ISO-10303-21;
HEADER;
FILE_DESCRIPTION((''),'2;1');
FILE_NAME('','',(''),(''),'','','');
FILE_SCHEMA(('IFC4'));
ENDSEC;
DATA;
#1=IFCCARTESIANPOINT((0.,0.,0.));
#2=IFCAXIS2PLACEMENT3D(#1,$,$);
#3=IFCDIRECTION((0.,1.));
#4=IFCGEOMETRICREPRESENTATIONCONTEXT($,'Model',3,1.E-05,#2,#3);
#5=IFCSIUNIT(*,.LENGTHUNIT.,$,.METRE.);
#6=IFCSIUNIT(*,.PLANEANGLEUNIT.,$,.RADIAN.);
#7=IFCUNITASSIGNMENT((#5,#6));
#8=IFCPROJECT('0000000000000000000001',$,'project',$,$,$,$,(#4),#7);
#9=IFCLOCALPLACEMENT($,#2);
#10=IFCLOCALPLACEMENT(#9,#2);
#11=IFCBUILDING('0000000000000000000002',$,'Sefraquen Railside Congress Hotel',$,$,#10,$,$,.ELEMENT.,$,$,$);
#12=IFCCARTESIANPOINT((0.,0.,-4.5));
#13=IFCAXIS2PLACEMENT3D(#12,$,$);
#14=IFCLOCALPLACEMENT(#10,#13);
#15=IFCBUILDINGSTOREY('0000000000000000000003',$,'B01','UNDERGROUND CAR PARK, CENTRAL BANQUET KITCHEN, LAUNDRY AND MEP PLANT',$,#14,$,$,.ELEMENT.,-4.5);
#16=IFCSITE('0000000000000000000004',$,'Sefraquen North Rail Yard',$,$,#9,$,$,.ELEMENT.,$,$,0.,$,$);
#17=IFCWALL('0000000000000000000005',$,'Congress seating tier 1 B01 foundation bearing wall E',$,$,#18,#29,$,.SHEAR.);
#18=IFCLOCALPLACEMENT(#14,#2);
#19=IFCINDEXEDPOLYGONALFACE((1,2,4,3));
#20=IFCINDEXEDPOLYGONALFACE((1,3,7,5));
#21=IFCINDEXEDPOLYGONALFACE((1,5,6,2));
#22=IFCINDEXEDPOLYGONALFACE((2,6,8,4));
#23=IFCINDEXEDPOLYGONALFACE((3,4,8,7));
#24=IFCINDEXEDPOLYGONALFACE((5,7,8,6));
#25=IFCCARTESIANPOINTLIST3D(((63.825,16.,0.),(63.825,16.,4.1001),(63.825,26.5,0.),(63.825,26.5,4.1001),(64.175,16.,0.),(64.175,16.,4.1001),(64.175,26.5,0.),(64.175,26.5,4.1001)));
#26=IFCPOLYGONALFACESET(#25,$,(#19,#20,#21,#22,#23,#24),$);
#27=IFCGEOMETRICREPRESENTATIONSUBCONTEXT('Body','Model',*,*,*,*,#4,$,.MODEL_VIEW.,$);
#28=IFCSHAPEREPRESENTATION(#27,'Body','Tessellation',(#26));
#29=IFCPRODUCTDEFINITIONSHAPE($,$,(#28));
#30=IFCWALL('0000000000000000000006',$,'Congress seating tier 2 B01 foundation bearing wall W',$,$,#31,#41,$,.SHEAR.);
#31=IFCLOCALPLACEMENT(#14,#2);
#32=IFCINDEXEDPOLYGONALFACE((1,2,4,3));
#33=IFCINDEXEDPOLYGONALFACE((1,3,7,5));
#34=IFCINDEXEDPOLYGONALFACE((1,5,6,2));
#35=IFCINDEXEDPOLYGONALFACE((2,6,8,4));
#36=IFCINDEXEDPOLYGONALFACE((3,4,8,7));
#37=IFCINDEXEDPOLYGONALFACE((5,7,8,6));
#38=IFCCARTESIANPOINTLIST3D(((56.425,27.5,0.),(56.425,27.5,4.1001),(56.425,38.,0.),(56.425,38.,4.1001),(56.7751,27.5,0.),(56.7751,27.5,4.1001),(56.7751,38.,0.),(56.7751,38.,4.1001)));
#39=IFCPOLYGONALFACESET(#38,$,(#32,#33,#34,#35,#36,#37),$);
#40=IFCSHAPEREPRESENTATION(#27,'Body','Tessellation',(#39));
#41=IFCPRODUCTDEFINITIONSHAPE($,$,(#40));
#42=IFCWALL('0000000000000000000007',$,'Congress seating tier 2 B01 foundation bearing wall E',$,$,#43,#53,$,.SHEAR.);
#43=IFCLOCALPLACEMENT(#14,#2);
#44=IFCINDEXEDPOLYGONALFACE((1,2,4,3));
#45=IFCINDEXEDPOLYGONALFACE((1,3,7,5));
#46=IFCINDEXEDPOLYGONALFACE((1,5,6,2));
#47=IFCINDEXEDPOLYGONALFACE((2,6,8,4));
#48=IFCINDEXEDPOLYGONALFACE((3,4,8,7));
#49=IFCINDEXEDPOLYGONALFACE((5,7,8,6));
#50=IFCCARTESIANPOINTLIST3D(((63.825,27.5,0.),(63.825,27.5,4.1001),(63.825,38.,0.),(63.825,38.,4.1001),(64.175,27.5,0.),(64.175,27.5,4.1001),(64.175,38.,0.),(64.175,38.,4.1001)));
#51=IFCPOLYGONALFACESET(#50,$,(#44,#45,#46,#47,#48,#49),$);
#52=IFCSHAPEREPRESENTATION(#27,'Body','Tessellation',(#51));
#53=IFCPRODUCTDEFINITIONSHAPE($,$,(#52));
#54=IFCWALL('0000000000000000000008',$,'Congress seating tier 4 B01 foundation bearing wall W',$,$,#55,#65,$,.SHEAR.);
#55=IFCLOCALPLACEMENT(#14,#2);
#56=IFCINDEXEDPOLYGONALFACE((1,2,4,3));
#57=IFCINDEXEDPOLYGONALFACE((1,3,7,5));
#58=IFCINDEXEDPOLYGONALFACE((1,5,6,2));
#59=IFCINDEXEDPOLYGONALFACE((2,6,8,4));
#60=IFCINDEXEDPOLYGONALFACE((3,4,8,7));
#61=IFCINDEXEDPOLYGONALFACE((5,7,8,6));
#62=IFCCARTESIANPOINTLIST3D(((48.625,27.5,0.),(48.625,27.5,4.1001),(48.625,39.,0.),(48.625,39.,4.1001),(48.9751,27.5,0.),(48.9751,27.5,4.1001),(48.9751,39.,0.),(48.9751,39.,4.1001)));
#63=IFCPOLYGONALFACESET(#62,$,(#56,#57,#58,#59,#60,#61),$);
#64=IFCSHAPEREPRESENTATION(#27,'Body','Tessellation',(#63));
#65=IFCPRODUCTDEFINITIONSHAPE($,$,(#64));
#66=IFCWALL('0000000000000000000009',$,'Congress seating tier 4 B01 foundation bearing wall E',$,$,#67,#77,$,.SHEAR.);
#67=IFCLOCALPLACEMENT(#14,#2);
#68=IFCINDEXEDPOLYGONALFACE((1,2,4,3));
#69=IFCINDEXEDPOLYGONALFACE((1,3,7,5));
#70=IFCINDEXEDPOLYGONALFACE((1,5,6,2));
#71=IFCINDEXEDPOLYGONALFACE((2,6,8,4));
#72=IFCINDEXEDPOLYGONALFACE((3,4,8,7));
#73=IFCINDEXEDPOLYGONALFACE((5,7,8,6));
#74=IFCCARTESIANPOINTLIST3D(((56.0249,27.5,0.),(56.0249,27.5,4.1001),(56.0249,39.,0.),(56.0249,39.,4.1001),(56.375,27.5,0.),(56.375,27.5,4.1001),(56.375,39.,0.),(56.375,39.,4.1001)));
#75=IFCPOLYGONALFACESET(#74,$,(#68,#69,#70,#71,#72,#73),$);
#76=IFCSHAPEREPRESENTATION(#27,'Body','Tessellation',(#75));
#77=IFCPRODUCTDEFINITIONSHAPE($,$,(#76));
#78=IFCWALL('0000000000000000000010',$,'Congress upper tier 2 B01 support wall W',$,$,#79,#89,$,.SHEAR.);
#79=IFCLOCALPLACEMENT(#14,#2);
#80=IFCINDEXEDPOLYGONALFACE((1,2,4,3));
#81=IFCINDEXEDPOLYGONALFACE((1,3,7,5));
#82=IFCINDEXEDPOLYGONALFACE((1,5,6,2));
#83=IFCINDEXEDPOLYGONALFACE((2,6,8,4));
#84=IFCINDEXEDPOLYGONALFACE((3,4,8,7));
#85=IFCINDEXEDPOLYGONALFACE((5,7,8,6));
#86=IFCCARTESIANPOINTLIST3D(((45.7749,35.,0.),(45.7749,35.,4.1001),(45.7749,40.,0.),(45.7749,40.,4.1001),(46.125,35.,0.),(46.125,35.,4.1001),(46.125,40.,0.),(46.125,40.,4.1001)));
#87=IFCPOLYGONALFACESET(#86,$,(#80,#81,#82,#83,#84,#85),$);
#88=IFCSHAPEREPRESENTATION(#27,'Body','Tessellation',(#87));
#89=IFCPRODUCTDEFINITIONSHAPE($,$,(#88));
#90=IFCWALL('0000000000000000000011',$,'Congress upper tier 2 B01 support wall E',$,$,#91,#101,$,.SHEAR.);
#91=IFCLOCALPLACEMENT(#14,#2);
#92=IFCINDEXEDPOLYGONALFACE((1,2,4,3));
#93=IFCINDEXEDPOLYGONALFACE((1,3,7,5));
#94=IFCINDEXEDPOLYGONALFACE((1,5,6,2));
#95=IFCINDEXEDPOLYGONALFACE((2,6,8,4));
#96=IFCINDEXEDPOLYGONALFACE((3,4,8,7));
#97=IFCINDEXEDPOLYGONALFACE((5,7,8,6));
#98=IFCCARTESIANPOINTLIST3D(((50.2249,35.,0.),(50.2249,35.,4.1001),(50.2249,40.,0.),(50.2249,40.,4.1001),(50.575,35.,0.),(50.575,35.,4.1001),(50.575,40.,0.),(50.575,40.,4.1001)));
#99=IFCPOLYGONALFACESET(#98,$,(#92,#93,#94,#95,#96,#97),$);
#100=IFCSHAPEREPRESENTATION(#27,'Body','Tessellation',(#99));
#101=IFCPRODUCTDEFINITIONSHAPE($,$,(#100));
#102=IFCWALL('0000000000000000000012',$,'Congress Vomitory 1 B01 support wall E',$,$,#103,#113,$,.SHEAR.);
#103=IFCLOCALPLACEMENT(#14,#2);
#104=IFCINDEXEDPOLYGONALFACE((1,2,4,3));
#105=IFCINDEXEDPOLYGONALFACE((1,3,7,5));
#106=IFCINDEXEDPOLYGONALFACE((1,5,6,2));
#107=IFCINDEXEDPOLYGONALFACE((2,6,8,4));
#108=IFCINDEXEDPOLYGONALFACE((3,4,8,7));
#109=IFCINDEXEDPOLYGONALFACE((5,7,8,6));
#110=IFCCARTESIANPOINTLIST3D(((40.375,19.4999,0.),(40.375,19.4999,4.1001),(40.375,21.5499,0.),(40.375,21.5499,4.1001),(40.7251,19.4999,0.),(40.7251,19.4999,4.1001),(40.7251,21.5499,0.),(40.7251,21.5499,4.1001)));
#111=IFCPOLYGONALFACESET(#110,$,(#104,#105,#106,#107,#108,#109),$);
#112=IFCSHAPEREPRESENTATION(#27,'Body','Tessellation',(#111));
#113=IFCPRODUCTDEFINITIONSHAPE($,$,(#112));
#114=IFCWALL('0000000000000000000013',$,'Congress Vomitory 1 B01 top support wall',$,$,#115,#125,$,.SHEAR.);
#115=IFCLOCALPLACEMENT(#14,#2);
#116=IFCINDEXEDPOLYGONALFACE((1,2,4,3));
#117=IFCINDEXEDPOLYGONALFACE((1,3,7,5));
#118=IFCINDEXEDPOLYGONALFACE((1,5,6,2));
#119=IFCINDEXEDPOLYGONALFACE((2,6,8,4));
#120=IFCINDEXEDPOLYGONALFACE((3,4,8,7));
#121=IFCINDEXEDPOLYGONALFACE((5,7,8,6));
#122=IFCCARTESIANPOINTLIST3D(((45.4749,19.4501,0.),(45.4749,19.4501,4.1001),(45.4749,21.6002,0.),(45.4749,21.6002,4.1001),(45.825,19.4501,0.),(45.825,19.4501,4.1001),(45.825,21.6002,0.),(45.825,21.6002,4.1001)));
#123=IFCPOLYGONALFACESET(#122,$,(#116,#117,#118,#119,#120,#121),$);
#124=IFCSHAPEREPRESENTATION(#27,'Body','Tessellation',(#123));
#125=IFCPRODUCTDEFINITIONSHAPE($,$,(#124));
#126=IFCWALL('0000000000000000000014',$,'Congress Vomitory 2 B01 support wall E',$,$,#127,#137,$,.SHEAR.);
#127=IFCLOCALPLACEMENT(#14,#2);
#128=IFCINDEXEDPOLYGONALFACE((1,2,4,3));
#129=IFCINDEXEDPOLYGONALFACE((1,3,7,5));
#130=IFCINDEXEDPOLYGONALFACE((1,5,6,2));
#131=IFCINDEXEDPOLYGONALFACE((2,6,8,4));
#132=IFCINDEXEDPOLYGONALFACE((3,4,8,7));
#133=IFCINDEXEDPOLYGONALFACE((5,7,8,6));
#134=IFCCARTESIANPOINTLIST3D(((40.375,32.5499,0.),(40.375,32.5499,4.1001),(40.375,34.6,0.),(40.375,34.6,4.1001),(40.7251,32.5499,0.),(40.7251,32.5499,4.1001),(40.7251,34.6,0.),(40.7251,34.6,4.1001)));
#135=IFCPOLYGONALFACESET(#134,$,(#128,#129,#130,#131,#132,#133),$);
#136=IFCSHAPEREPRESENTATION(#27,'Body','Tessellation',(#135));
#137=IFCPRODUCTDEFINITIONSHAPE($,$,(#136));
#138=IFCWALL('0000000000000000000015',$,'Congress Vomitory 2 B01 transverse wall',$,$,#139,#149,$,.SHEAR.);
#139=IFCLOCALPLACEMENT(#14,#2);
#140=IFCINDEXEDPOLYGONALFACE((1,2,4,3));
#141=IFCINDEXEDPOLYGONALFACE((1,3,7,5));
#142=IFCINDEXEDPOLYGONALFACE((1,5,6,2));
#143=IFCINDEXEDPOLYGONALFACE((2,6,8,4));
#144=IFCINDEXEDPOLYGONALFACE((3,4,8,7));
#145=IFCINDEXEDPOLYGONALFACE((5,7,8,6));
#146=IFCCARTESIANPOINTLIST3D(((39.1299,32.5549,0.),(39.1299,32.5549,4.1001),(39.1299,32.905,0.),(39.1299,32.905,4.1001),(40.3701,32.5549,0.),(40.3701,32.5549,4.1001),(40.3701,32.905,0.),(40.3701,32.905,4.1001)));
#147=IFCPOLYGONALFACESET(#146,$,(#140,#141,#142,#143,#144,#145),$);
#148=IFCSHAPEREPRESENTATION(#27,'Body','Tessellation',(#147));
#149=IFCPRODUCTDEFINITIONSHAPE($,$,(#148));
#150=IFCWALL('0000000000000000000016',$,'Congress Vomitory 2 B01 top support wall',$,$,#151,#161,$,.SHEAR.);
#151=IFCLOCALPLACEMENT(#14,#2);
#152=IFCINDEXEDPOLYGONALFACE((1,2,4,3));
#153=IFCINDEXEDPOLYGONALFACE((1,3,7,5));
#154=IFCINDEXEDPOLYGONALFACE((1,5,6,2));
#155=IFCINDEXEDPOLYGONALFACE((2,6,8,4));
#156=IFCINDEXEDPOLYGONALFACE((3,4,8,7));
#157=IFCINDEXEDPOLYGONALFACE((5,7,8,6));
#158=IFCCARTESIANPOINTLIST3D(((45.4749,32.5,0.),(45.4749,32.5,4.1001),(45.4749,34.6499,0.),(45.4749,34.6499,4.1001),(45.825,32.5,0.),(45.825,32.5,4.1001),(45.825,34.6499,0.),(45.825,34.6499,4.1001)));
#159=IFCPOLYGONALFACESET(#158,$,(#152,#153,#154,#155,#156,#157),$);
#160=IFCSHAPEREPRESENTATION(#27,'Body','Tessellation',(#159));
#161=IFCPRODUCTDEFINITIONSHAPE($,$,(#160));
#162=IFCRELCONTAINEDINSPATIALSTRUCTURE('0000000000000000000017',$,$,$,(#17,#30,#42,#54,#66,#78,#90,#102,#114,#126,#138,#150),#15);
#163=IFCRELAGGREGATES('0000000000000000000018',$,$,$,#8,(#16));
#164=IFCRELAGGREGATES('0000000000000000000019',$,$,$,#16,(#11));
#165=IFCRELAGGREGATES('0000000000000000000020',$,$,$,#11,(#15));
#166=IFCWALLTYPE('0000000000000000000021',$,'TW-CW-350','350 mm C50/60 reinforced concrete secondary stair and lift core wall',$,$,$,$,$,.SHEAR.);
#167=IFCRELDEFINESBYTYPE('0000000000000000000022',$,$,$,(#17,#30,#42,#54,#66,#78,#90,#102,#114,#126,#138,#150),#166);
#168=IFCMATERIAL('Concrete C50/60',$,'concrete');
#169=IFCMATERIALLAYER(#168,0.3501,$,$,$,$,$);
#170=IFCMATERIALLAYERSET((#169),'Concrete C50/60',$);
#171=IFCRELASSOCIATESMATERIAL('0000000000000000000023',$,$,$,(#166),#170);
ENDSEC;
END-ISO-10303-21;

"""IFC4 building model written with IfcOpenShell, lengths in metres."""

from ifc_helpers import new_model, si_unit, direction, frame, frame_2d, origin, place, context, subcontext, project, spatial, rectangle, extrude, material, layer, layer_set, type_object, element, save


model = new_model("IFC4")

# Units and contexts
model_context = context("Model", 3, precision=1e-05, world=origin(), true_north=direction((0.0, 1.0)))
body_context = subcontext(model_context, "Body", "Model", "MODEL_VIEW")
ifc_project = project(units=[si_unit("LENGTHUNIT", "METRE"), si_unit("PLANEANGLEUNIT", "RADIAN")], contexts=[model_context])

# Site, building, storey
site_placement = place(None, origin())
site = spatial("IfcSite", under=ifc_project, at=site_placement, Name="Sefraquen North Rail Yard", CompositionType="ELEMENT", RefElevation=0.0)
building_placement = place(site_placement, origin())
building = spatial("IfcBuilding", under=site, at=building_placement, Name="Sefraquen Railside Congress Hotel", CompositionType="ELEMENT")
storey_placement = place(building_placement, frame((0.0, 0.0, -4.5)))
storey = spatial("IfcBuildingStorey", under=building, at=storey_placement, Name="B01", Description="UNDERGROUND CAR PARK, CENTRAL BANQUET KITCHEN, LAUNDRY AND MEP PLANT", CompositionType="ELEMENT", Elevation=-4.5)

# Shared definitions
ifc_material_1 = material(Name="Concrete C50/60", Category="concrete")

# Walls
ifc_layer = layer(ifc_material_1, 0.3501)
ifc_layer_set = layer_set([ifc_layer], Name="Concrete C50/60")
wall_type = type_object("IfcWallType", Name="TW-CW-350", Description="350 mm C50/60 reinforced concrete secondary stair and lift core wall", PredefinedType="SHEAR", material=ifc_layer_set)
for number, where, z_axis, x_axis, name in (
    (1, (64.0, 16.0, 0.0), (0.0, 0.0, 1.0), (0.0, 1.0, 0.0), "Congress seating tier 1 B01 foundation bearing wall E"),
    (2, (56.6001, 27.5, 0.0), (0.0, 0.0, 1.0), (0.0, 1.0, 0.0), "Congress seating tier 2 B01 foundation bearing wall W"),
    (3, (64.0, 27.5, 0.0), (0.0, 0.0, 1.0), (0.0, 1.0, 0.0), "Congress seating tier 2 B01 foundation bearing wall E"),
):
    element("IfcWall", number, at=place(storey_placement, frame(where, z_axis=z_axis, x_axis=x_axis)), inside=storey, type_object=wall_type, Name=name, PredefinedType="SHEAR", context=body_context, shape_type="SweptSolid", body=[
        extrude(rectangle(XDim=10.5, YDim=0.3501, at=frame_2d((5.25, 0.0))), origin(), (0.0, 0.0, 1.0), 4.1001),
    ])
for number, where, z_axis, x_axis, name in (
    (4, (48.8, 27.5, 0.0), (0.0, 0.0, 1.0), (0.0, 1.0, 0.0), "Congress seating tier 4 B01 foundation bearing wall W"),
    (5, (56.2, 27.5, 0.0), (0.0, 0.0, 1.0), (0.0, 1.0, 0.0), "Congress seating tier 4 B01 foundation bearing wall E"),
):
    element("IfcWall", number, at=place(storey_placement, frame(where, z_axis=z_axis, x_axis=x_axis)), inside=storey, type_object=wall_type, Name=name, PredefinedType="SHEAR", context=body_context, shape_type="SweptSolid", body=[
        extrude(rectangle(XDim=11.5, YDim=0.3501, at=frame_2d((5.75, 0.0))), origin(), (0.0, 0.0, 1.0), 4.1001),
    ])
for number, where, z_axis, x_axis, name in (
    (6, (45.95, 35.0, 0.0), (0.0, 0.0, 1.0), (0.0, 1.0, 0.0), "Congress upper tier 2 B01 support wall W"),
    (7, (50.3999, 35.0, 0.0), (0.0, 0.0, 1.0), (0.0, 1.0, 0.0), "Congress upper tier 2 B01 support wall E"),
):
    element("IfcWall", number, at=place(storey_placement, frame(where, z_axis=z_axis, x_axis=x_axis)), inside=storey, type_object=wall_type, Name=name, PredefinedType="SHEAR", context=body_context, shape_type="SweptSolid", body=[
        extrude(rectangle(XDim=5.0, YDim=0.3501, at=frame_2d((2.5, 0.0))), origin(), (0.0, 0.0, 1.0), 4.1001),
    ])
wall_1_placement = place(storey_placement, frame((40.55, 19.5, 0.0), z_axis=(0.0, 0.0, 1.0), x_axis=(0.0, 1.0, 0.0)))
element("IfcWall", 8, at=wall_1_placement, inside=storey, type_object=wall_type, Name="Congress Vomitory 1 B01 support wall E", PredefinedType="SHEAR", context=body_context, shape_type="SweptSolid", body=[
    extrude(rectangle(XDim=2.05, YDim=0.3501, at=frame_2d((1.0249, 0.0))), origin(), (0.0, 0.0, 1.0), 4.1001),
])
wall_2_placement = place(storey_placement, frame((45.6499, 19.45, 0.0), z_axis=(0.0, 0.0, 1.0), x_axis=(0.0, 1.0, 0.0)))
element("IfcWall", 9, at=wall_2_placement, inside=storey, type_object=wall_type, Name="Congress Vomitory 1 B01 top support wall", PredefinedType="SHEAR", context=body_context, shape_type="SweptSolid", body=[
    extrude(rectangle(XDim=2.1501, YDim=0.3501, at=frame_2d((1.0752, 0.0))), origin(), (0.0, 0.0, 1.0), 4.1001),
])
wall_3_placement = place(storey_placement, frame((40.55, 32.55, 0.0), z_axis=(0.0, 0.0, 1.0), x_axis=(0.0, 1.0, 0.0)))
element("IfcWall", 10, at=wall_3_placement, inside=storey, type_object=wall_type, Name="Congress Vomitory 2 B01 support wall E", PredefinedType="SHEAR", context=body_context, shape_type="SweptSolid", body=[
    extrude(rectangle(XDim=2.05, YDim=0.3501, at=frame_2d((1.0249, 0.0))), origin(), (0.0, 0.0, 1.0), 4.1001),
])
wall_4_placement = place(storey_placement, frame((39.1299, 32.73, 0.0), z_axis=(0.0, 0.0, 1.0), x_axis=(1.0, 0.0, 0.0)))
element("IfcWall", 11, at=wall_4_placement, inside=storey, type_object=wall_type, Name="Congress Vomitory 2 B01 transverse wall", PredefinedType="SHEAR", context=body_context, shape_type="SweptSolid", body=[
    extrude(rectangle(XDim=1.2402, YDim=0.3501, at=frame_2d((0.6201, 0.0))), origin(), (0.0, 0.0, 1.0), 4.1001),
])
wall_5_placement = place(storey_placement, frame((45.6499, 32.5, 0.0), z_axis=(0.0, 0.0, 1.0), x_axis=(0.0, 1.0, 0.0)))
element("IfcWall", 12, at=wall_5_placement, inside=storey, type_object=wall_type, Name="Congress Vomitory 2 B01 top support wall", PredefinedType="SHEAR", context=body_context, shape_type="SweptSolid", body=[
    extrude(rectangle(XDim=2.1499, YDim=0.3501, at=frame_2d((1.075, 0.0))), origin(), (0.0, 0.0, 1.0), 4.1001),
])

save(model, "model.ifc")
